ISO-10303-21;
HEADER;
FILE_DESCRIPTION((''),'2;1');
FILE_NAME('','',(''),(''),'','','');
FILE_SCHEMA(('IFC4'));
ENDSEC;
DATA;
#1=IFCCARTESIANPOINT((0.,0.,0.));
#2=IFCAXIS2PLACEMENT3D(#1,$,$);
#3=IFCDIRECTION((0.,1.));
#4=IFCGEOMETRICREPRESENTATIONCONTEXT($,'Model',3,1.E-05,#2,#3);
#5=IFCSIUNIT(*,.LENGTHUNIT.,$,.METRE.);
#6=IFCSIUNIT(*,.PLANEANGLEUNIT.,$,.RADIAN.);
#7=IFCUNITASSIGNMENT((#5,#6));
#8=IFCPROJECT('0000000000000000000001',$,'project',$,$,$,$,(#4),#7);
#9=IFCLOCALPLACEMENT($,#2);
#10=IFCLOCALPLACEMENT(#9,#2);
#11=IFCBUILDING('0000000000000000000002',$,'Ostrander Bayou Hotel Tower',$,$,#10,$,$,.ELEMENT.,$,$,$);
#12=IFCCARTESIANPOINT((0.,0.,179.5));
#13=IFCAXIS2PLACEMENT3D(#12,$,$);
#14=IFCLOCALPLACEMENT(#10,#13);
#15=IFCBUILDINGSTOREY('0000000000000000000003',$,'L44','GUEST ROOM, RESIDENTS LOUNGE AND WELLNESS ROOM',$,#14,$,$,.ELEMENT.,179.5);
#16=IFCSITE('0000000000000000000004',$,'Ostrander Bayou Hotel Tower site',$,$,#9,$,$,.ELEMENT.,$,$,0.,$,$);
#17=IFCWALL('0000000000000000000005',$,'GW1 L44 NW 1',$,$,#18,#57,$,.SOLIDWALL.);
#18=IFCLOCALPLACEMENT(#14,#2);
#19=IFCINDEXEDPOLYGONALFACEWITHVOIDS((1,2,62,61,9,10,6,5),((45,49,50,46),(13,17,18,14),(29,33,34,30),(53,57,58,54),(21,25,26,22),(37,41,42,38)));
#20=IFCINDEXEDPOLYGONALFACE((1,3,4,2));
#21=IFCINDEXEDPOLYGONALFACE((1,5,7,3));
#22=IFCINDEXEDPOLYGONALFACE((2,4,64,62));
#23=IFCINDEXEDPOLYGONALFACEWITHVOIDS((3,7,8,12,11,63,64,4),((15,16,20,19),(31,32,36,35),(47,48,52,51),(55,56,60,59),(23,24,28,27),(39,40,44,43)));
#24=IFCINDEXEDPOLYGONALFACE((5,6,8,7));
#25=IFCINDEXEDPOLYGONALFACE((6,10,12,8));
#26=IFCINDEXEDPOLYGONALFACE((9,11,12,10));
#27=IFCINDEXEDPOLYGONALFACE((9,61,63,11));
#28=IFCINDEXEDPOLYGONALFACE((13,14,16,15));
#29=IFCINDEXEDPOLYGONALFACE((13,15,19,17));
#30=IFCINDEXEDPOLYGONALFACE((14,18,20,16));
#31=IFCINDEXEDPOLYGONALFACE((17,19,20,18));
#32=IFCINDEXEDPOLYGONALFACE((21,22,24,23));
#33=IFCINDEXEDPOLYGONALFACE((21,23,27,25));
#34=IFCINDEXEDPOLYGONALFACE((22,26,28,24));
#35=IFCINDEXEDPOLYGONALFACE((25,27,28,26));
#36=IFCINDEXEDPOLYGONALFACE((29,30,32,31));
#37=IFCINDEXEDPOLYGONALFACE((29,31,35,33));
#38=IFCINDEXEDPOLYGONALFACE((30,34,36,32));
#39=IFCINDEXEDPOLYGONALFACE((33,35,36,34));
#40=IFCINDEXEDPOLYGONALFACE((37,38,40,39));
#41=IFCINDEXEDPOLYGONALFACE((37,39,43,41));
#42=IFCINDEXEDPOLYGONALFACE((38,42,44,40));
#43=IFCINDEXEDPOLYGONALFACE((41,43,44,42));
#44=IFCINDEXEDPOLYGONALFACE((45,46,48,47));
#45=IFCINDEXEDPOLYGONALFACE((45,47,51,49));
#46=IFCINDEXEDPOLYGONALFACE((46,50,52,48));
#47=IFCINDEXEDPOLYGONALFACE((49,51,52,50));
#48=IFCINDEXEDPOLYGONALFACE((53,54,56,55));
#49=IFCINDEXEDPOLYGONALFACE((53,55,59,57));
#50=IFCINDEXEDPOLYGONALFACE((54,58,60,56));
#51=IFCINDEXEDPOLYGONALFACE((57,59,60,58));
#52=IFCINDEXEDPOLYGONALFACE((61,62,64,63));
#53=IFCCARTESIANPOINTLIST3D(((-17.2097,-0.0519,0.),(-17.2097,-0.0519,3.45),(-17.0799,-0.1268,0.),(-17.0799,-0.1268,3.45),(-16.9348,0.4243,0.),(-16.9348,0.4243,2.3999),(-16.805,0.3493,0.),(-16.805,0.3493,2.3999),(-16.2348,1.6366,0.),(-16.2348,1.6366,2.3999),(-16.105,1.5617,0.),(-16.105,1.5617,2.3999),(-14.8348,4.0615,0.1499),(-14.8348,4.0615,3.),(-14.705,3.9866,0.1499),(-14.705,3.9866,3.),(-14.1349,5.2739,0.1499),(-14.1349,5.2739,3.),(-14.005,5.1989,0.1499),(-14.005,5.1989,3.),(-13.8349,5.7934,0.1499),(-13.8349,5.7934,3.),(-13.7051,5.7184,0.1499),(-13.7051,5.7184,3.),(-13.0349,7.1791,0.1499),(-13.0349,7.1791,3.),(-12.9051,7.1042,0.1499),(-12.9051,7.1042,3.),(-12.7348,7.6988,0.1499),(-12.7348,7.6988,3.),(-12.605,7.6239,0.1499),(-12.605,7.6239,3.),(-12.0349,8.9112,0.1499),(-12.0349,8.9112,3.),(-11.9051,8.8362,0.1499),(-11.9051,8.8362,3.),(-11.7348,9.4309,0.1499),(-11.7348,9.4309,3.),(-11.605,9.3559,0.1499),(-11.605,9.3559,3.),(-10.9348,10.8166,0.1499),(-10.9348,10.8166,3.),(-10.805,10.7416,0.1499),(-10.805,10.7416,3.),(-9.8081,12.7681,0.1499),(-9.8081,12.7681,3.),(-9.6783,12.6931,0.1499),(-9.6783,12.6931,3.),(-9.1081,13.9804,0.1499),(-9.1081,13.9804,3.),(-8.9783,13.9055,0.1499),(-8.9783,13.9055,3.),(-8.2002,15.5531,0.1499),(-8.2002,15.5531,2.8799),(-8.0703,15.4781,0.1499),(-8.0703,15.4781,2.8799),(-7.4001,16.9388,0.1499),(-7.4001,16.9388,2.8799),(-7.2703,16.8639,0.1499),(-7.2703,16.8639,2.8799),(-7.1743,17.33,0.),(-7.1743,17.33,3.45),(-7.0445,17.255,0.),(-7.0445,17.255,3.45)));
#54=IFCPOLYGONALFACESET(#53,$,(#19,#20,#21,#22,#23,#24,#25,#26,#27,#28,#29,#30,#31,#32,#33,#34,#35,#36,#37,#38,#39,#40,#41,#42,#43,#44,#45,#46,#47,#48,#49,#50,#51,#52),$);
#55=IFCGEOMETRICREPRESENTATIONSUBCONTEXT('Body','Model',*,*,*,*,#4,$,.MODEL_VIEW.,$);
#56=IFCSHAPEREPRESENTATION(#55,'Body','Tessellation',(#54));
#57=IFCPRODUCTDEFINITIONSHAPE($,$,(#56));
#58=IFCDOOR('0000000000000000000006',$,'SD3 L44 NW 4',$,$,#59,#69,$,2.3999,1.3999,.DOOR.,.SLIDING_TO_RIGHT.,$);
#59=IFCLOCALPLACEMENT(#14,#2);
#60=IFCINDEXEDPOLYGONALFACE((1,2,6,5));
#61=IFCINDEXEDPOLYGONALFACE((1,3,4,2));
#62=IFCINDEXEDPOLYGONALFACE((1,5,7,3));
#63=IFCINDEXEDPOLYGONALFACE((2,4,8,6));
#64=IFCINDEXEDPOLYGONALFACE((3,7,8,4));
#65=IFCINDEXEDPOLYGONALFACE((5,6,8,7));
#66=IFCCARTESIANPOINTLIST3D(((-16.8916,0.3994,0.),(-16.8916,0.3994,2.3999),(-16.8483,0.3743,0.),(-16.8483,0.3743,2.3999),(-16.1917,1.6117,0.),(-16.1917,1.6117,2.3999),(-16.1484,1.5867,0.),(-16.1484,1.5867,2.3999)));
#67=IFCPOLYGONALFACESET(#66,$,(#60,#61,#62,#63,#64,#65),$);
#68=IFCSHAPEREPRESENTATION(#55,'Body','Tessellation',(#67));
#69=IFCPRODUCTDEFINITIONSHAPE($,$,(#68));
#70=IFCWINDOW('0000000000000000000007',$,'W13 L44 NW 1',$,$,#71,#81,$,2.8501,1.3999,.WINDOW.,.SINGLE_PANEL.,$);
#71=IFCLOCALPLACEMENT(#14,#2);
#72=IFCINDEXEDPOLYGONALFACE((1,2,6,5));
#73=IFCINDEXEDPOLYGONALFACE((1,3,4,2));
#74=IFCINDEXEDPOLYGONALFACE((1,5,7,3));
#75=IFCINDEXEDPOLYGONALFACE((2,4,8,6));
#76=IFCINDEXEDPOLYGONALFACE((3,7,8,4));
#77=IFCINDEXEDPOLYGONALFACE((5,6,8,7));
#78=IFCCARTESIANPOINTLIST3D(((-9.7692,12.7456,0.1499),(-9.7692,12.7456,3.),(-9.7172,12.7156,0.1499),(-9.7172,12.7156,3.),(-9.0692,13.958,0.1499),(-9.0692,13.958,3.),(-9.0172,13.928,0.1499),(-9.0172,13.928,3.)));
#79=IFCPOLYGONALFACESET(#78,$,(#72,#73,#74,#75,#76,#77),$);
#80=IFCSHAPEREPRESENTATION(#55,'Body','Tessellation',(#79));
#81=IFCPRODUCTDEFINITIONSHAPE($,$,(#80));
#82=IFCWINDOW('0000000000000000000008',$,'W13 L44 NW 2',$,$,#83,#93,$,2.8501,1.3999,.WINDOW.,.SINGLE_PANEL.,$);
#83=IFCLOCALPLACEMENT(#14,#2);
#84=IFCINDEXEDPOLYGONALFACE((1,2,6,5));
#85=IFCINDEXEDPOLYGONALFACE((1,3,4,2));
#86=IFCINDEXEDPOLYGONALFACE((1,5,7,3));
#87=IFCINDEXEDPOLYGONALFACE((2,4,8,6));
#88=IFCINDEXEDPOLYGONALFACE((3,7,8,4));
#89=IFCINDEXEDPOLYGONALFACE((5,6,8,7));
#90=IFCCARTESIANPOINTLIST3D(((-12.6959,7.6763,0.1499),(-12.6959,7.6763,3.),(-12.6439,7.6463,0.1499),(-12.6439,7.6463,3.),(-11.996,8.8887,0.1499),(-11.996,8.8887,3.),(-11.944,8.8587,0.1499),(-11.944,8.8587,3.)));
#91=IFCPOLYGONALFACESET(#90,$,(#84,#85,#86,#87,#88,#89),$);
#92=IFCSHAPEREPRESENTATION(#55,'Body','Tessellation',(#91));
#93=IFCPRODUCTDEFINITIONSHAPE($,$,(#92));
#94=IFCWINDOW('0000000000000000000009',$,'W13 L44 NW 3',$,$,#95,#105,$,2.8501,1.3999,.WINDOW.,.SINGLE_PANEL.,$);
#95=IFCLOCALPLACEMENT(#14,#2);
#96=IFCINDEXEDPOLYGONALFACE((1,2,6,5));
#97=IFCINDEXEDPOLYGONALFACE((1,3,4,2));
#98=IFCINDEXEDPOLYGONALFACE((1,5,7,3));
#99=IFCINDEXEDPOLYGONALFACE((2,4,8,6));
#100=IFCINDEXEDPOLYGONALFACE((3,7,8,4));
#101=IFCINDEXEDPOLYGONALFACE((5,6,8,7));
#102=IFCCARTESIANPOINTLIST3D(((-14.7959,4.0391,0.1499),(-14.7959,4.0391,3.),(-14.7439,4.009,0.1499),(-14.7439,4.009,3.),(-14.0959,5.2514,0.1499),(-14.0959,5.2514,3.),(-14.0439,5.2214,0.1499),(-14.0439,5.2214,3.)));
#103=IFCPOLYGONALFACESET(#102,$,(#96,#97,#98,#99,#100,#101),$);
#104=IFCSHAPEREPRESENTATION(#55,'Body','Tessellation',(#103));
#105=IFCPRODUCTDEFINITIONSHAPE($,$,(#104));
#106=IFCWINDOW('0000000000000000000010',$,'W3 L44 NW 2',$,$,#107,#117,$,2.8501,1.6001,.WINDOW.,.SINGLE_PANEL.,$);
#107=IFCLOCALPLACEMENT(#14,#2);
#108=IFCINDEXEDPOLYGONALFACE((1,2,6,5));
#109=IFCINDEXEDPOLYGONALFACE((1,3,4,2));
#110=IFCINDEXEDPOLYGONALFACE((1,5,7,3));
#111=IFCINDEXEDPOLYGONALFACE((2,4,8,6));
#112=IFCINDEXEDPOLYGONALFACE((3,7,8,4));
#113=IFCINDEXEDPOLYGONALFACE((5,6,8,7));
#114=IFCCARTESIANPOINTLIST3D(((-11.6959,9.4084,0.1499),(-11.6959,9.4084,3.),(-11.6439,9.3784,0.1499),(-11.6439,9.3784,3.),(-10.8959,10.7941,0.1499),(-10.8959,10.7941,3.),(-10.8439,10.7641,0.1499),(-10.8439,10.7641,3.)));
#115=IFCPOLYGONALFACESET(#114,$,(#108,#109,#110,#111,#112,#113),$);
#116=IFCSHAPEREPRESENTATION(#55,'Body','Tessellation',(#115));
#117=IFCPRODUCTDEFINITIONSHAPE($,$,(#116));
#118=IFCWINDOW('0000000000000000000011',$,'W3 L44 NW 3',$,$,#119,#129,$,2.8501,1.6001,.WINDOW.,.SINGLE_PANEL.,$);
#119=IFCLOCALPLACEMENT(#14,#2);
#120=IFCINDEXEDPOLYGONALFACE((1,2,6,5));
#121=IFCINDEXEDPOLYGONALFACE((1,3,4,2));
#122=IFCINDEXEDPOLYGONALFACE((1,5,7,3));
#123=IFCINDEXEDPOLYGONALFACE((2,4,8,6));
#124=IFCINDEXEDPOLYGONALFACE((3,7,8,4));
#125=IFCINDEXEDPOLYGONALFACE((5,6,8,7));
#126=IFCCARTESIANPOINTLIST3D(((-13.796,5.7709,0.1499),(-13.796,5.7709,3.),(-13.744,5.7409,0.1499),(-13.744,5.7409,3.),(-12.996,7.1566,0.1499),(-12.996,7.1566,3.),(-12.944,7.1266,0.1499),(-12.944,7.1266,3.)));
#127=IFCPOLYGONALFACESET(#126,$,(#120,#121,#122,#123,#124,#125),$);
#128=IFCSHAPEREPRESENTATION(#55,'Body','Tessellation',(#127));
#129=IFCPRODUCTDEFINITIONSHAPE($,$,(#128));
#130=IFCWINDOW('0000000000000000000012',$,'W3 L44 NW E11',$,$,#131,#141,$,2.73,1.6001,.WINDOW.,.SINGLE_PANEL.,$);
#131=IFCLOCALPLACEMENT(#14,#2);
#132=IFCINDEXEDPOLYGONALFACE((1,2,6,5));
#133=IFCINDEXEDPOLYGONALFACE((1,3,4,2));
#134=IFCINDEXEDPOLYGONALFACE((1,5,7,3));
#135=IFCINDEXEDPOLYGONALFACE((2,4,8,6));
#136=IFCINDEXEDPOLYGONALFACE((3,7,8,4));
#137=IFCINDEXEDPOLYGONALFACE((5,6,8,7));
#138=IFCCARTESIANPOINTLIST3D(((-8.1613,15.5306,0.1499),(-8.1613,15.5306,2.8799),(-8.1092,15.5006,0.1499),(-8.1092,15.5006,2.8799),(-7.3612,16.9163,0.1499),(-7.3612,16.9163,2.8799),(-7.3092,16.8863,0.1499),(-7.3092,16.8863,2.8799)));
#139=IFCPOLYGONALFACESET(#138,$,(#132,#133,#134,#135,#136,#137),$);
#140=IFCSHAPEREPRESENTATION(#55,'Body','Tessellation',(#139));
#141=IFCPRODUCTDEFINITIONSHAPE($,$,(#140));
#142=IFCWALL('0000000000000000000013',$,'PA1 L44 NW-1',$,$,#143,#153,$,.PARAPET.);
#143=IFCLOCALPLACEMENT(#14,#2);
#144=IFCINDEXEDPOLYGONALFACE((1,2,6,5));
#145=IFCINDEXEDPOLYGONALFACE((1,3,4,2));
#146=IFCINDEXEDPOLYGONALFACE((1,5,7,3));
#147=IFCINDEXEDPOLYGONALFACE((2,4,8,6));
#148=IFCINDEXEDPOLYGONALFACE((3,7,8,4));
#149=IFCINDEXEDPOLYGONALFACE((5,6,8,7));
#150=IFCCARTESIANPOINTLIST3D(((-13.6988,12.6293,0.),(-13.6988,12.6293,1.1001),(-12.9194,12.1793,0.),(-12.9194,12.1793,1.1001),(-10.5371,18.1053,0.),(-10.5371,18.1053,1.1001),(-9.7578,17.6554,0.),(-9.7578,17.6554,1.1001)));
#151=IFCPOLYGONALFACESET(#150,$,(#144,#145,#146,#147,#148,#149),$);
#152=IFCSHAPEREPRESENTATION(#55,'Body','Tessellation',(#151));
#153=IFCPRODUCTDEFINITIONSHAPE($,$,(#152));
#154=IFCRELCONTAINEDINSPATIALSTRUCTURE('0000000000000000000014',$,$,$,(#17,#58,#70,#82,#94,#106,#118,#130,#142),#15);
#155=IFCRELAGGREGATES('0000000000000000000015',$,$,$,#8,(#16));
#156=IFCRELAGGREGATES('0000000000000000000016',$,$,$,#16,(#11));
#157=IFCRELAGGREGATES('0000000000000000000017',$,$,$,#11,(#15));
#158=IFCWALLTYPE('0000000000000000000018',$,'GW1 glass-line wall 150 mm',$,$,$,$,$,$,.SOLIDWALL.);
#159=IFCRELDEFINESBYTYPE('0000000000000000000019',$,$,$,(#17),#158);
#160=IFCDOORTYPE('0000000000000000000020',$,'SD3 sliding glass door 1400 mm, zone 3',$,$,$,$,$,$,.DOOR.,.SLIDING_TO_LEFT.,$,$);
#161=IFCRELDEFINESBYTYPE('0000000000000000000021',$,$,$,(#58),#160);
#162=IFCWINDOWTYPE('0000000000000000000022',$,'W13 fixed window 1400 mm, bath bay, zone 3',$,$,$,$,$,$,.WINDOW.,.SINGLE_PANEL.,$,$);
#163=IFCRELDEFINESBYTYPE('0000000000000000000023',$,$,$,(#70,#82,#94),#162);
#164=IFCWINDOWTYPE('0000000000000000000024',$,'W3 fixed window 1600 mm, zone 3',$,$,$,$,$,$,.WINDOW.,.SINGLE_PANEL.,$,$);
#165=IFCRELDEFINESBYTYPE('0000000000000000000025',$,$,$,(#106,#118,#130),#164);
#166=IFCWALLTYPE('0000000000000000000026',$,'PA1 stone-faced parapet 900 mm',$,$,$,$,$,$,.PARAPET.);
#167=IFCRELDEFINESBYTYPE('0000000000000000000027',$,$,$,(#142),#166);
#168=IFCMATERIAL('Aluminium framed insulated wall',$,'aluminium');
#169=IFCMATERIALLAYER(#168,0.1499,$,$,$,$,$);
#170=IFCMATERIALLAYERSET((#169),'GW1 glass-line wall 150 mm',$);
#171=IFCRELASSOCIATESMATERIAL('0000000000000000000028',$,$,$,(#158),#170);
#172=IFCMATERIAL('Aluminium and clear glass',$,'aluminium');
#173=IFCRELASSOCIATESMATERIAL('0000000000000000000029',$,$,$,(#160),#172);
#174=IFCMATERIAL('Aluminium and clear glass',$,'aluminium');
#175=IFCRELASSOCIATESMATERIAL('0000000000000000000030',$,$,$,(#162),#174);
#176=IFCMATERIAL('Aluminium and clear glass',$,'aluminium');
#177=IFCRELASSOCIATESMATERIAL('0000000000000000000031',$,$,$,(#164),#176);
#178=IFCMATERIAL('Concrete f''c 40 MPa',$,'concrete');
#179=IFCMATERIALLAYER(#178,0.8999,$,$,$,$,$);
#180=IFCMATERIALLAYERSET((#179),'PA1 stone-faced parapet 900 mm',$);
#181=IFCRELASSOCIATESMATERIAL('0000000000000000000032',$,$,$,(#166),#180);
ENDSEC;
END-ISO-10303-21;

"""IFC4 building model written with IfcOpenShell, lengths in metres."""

from ifc_helpers import new_model, si_unit, direction, frame, frame_2d, origin, place, context, subcontext, project, spatial, rectangle, extrude, material, layer, layer_set, type_object, element, fill, save


model = new_model("IFC4")

# Units and contexts
model_context = context("Model", 3, precision=1e-05, world=origin(), true_north=direction((0.0, 1.0)))
body_context = subcontext(model_context, "Body", "Model", "MODEL_VIEW")
ifc_project = project(units=[si_unit("LENGTHUNIT", "METRE"), si_unit("PLANEANGLEUNIT", "RADIAN")], contexts=[model_context])

# Site, building, storey
site_placement = place(None, origin())
site = spatial("IfcSite", under=ifc_project, at=site_placement, Name="Ostrander Bayou Hotel Tower site", CompositionType="ELEMENT", RefElevation=0.0)
building_placement = place(site_placement, origin())
building = spatial("IfcBuilding", under=site, at=building_placement, Name="Ostrander Bayou Hotel Tower", CompositionType="ELEMENT")
storey_placement = place(building_placement, frame((0.0, 0.0, 179.5)))
storey = spatial("IfcBuildingStorey", under=building, at=storey_placement, Name="L44", Description="GUEST ROOM, RESIDENTS LOUNGE AND WELLNESS ROOM", CompositionType="ELEMENT", Elevation=179.5)

# Wall, openings, door, windows
ifc_material_1 = material(Name="Aluminium framed insulated wall", Category="aluminium")
ifc_layer_1 = layer(ifc_material_1, 0.1499)
ifc_layer_set_1 = layer_set([ifc_layer_1], Name="GW1 glass-line wall 150 mm")
wall_type_1 = type_object("IfcWallType", Name="GW1 glass-line wall 150 mm", PredefinedType="SOLIDWALL", material=ifc_layer_set_1)
wall_1_placement = place(storey_placement, frame((-7.1094, 17.2925, 0.0), z_axis=(0.0, 0.0, 1.0), x_axis=(-0.5, -0.866026, 0.0)))
wall_1 = element("IfcWall", 1, at=wall_1_placement, inside=storey, type_object=wall_type_1, Name="GW1 L44 NW 1", PredefinedType="SOLIDWALL", context=body_context, shape_type="SweptSolid", body=[
    extrude(rectangle(XDim=20.0708, YDim=0.1499, at=frame_2d((10.0354, 0.0))), origin(), (0.0, 0.0, 1.0), 3.45),
])
opening_1_placement = place(wall_1_placement, frame((3.8677, 0.0, 0.1499)))
opening_1 = element("IfcOpeningElement", 2, at=opening_1_placement, cuts=wall_1, PredefinedType="OPENING", context=body_context, shape_type="SweptSolid", body=[
    extrude(rectangle(XDim=1.3999, YDim=2.8501, at=frame_2d((0.7, 1.425))), frame((0.0, 0.075, 0.0), z_axis=(0.0, -1.0, 0.0), x_axis=(1.0, 0.0, 0.0)), (0.0, 0.0, 1.0), 0.1499),
])
opening_2_placement = place(wall_1_placement, frame((7.521, 0.0, 0.1499)))
opening_2 = element("IfcOpeningElement", 3, at=opening_2_placement, cuts=wall_1, PredefinedType="OPENING", context=body_context, shape_type="SweptSolid", body=[
    extrude(rectangle(XDim=1.6001, YDim=2.8501, at=frame_2d((0.8, 1.425))), frame((0.0, 0.075, 0.0), z_axis=(0.0, -1.0, 0.0), x_axis=(1.0, 0.0, 0.0)), (0.0, 0.0, 1.0), 0.1499),
])
opening_3_placement = place(wall_1_placement, frame((9.7212, 0.0, 0.1499)))
opening_3 = element("IfcOpeningElement", 4, at=opening_3_placement, cuts=wall_1, PredefinedType="OPENING", context=body_context, shape_type="SweptSolid", body=[
    extrude(rectangle(XDim=1.3999, YDim=2.8501, at=frame_2d((0.7, 1.425))), frame((0.0, 0.075, 0.0), z_axis=(0.0, -1.0, 0.0), x_axis=(1.0, 0.0, 0.0)), (0.0, 0.0, 1.0), 0.1499),
])
opening_4_placement = place(wall_1_placement, frame((11.7212, 0.0, 0.1499)))
opening_4 = element("IfcOpeningElement", 5, at=opening_4_placement, cuts=wall_1, PredefinedType="OPENING", context=body_context, shape_type="SweptSolid", body=[
    extrude(rectangle(XDim=1.6001, YDim=2.8501, at=frame_2d((0.8, 1.425))), frame((0.0, 0.075, 0.0), z_axis=(0.0, -1.0, 0.0), x_axis=(1.0, 0.0, 0.0)), (0.0, 0.0, 1.0), 0.1499),
])
opening_5_placement = place(wall_1_placement, frame((13.9211, 0.0, 0.1499)))
opening_5 = element("IfcOpeningElement", 6, at=opening_5_placement, cuts=wall_1, PredefinedType="OPENING", context=body_context, shape_type="SweptSolid", body=[
    extrude(rectangle(XDim=1.3999, YDim=2.8501, at=frame_2d((0.7, 1.425))), frame((0.0, 0.075, 0.0), z_axis=(0.0, -1.0, 0.0), x_axis=(1.0, 0.0, 0.0)), (0.0, 0.0, 1.0), 0.1499),
])
opening_6_placement = place(wall_1_placement, frame((18.1211, 0.0, 0.0)))
opening_6 = element("IfcOpeningElement", 7, at=opening_6_placement, cuts=wall_1, PredefinedType="OPENING", context=body_context, shape_type="SweptSolid", body=[
    extrude(rectangle(XDim=1.3999, YDim=2.3999, at=frame_2d((0.7, 1.2))), frame((0.0, 0.075, 0.0), z_axis=(0.0, -1.0, 0.0), x_axis=(1.0, 0.0, 0.0)), (0.0, 0.0, 1.0), 0.1499),
])
opening_7_placement = place(wall_1_placement, frame((0.4517, 0.0, 0.1499)))
opening_7 = element("IfcOpeningElement", 8, at=opening_7_placement, cuts=wall_1, PredefinedType="OPENING", context=body_context, shape_type="SweptSolid", body=[
    extrude(rectangle(XDim=1.6001, YDim=2.73, at=frame_2d((0.8, 1.365))), frame((0.0, 0.075, 0.0), z_axis=(0.0, -1.0, 0.0), x_axis=(1.0, 0.0, 0.0)), (0.0, 0.0, 1.0), 0.1499),
])
ifc_material_2 = material(Name="Aluminium and clear glass", Category="aluminium")
door_type_1 = type_object("IfcDoorType", Name="SD3 sliding glass door 1400 mm, zone 3", OperationType="SLIDING_TO_LEFT", PredefinedType="DOOR", material=ifc_material_2)
door_1_placement = place(opening_6_placement, origin())
door_1 = element("IfcDoor", 9, at=door_1_placement, inside=storey, type_object=door_type_1, Name="SD3 L44 NW 4", OperationType="SLIDING_TO_RIGHT", OverallHeight=2.3999, OverallWidth=1.3999, PredefinedType="DOOR", context=body_context, shape_type="SweptSolid", body=[
    extrude(rectangle(XDim=1.3999, YDim=2.3999, at=frame_2d((0.7, 1.2))), frame((0.0, 0.0249, 0.0), z_axis=(0.0, -1.0, 0.0), x_axis=(1.0, 0.0, 0.0)), (0.0, 0.0, 1.0), 0.05),
])
fill(opening_6, door_1)
ifc_material_3 = material(Name="Aluminium and clear glass", Category="aluminium")
window_type_1 = type_object("IfcWindowType", Name="W13 fixed window 1400 mm, bath bay, zone 3", PartitioningType="SINGLE_PANEL", PredefinedType="WINDOW", material=ifc_material_3)
window_1_placement = place(opening_1_placement, origin())
window_1 = element("IfcWindow", 10, at=window_1_placement, inside=storey, type_object=window_type_1, Name="W13 L44 NW 1", OverallHeight=2.8501, OverallWidth=1.3999, PartitioningType="SINGLE_PANEL", PredefinedType="WINDOW", context=body_context, shape_type="SweptSolid", body=[
    extrude(rectangle(XDim=1.3999, YDim=2.8501, at=frame_2d((0.7, 1.425))), frame((0.0, 0.03, 0.0), z_axis=(0.0, -1.0, 0.0), x_axis=(1.0, 0.0, 0.0)), (0.0, 0.0, 1.0), 0.0601),
])
fill(opening_1, window_1)
window_2_placement = place(opening_3_placement, origin())
window_2 = element("IfcWindow", 11, at=window_2_placement, inside=storey, type_object=window_type_1, Name="W13 L44 NW 2", OverallHeight=2.8501, OverallWidth=1.3999, PartitioningType="SINGLE_PANEL", PredefinedType="WINDOW", context=body_context, shape_type="SweptSolid", body=[
    extrude(rectangle(XDim=1.3999, YDim=2.8501, at=frame_2d((0.7, 1.425))), frame((0.0, 0.03, 0.0), z_axis=(0.0, -1.0, 0.0), x_axis=(1.0, 0.0, 0.0)), (0.0, 0.0, 1.0), 0.0601),
])
fill(opening_3, window_2)
window_3_placement = place(opening_5_placement, origin())
window_3 = element("IfcWindow", 12, at=window_3_placement, inside=storey, type_object=window_type_1, Name="W13 L44 NW 3", OverallHeight=2.8501, OverallWidth=1.3999, PartitioningType="SINGLE_PANEL", PredefinedType="WINDOW", context=body_context, shape_type="SweptSolid", body=[
    extrude(rectangle(XDim=1.3999, YDim=2.8501, at=frame_2d((0.7, 1.425))), frame((0.0, 0.03, 0.0), z_axis=(0.0, -1.0, 0.0), x_axis=(1.0, 0.0, 0.0)), (0.0, 0.0, 1.0), 0.0601),
])
fill(opening_5, window_3)
ifc_material_4 = material(Name="Aluminium and clear glass", Category="aluminium")
window_type_2 = type_object("IfcWindowType", Name="W3 fixed window 1600 mm, zone 3", PartitioningType="SINGLE_PANEL", PredefinedType="WINDOW", material=ifc_material_4)
window_4_placement = place(opening_2_placement, origin())
window_4 = element("IfcWindow", 13, at=window_4_placement, inside=storey, type_object=window_type_2, Name="W3 L44 NW 2", OverallHeight=2.8501, OverallWidth=1.6001, PartitioningType="SINGLE_PANEL", PredefinedType="WINDOW", context=body_context, shape_type="SweptSolid", body=[
    extrude(rectangle(XDim=1.6001, YDim=2.8501, at=frame_2d((0.8, 1.425))), frame((0.0, 0.03, 0.0), z_axis=(0.0, -1.0, 0.0), x_axis=(1.0, 0.0, 0.0)), (0.0, 0.0, 1.0), 0.0601),
])
fill(opening_2, window_4)
window_5_placement = place(opening_4_placement, origin())
window_5 = element("IfcWindow", 14, at=window_5_placement, inside=storey, type_object=window_type_2, Name="W3 L44 NW 3", OverallHeight=2.8501, OverallWidth=1.6001, PartitioningType="SINGLE_PANEL", PredefinedType="WINDOW", context=body_context, shape_type="SweptSolid", body=[
    extrude(rectangle(XDim=1.6001, YDim=2.8501, at=frame_2d((0.8, 1.425))), frame((0.0, 0.03, 0.0), z_axis=(0.0, -1.0, 0.0), x_axis=(1.0, 0.0, 0.0)), (0.0, 0.0, 1.0), 0.0601),
])
fill(opening_4, window_5)
window_6_placement = place(opening_7_placement, origin())
window_6 = element("IfcWindow", 15, at=window_6_placement, inside=storey, type_object=window_type_2, Name="W3 L44 NW E11", OverallHeight=2.73, OverallWidth=1.6001, PartitioningType="SINGLE_PANEL", PredefinedType="WINDOW", context=body_context, shape_type="SweptSolid", body=[
    extrude(rectangle(XDim=1.6001, YDim=2.73, at=frame_2d((0.8, 1.365))), frame((0.0, 0.03, 0.0), z_axis=(0.0, -1.0, 0.0), x_axis=(1.0, 0.0, 0.0)), (0.0, 0.0, 1.0), 0.0601),
])
fill(opening_7, window_6)

# Wall
ifc_material_5 = material(Name="Concrete f'c 40 MPa", Category="concrete")
ifc_layer_2 = layer(ifc_material_5, 0.8999)
ifc_layer_set_2 = layer_set([ifc_layer_2], Name="PA1 stone-faced parapet 900 mm")
wall_type_2 = type_object("IfcWallType", Name="PA1 stone-faced parapet 900 mm", PredefinedType="PARAPET", material=ifc_layer_set_2)
wall_2_placement = place(storey_placement, frame((-10.1475, 17.8804, 0.0), z_axis=(0.0, 0.0, 1.0), x_axis=(-0.500001, -0.866025, 0.0)))
element("IfcWall", 16, at=wall_2_placement, inside=storey, type_object=wall_type_2, Name="PA1 L44 NW-1", PredefinedType="PARAPET", context=body_context, shape_type="SweptSolid", body=[
    extrude(rectangle(XDim=6.3232, YDim=0.8999, at=frame_2d((3.1616, 0.0))), origin(), (0.0, 0.0, 1.0), 1.1001),
])

save(model, "model.ifc")
